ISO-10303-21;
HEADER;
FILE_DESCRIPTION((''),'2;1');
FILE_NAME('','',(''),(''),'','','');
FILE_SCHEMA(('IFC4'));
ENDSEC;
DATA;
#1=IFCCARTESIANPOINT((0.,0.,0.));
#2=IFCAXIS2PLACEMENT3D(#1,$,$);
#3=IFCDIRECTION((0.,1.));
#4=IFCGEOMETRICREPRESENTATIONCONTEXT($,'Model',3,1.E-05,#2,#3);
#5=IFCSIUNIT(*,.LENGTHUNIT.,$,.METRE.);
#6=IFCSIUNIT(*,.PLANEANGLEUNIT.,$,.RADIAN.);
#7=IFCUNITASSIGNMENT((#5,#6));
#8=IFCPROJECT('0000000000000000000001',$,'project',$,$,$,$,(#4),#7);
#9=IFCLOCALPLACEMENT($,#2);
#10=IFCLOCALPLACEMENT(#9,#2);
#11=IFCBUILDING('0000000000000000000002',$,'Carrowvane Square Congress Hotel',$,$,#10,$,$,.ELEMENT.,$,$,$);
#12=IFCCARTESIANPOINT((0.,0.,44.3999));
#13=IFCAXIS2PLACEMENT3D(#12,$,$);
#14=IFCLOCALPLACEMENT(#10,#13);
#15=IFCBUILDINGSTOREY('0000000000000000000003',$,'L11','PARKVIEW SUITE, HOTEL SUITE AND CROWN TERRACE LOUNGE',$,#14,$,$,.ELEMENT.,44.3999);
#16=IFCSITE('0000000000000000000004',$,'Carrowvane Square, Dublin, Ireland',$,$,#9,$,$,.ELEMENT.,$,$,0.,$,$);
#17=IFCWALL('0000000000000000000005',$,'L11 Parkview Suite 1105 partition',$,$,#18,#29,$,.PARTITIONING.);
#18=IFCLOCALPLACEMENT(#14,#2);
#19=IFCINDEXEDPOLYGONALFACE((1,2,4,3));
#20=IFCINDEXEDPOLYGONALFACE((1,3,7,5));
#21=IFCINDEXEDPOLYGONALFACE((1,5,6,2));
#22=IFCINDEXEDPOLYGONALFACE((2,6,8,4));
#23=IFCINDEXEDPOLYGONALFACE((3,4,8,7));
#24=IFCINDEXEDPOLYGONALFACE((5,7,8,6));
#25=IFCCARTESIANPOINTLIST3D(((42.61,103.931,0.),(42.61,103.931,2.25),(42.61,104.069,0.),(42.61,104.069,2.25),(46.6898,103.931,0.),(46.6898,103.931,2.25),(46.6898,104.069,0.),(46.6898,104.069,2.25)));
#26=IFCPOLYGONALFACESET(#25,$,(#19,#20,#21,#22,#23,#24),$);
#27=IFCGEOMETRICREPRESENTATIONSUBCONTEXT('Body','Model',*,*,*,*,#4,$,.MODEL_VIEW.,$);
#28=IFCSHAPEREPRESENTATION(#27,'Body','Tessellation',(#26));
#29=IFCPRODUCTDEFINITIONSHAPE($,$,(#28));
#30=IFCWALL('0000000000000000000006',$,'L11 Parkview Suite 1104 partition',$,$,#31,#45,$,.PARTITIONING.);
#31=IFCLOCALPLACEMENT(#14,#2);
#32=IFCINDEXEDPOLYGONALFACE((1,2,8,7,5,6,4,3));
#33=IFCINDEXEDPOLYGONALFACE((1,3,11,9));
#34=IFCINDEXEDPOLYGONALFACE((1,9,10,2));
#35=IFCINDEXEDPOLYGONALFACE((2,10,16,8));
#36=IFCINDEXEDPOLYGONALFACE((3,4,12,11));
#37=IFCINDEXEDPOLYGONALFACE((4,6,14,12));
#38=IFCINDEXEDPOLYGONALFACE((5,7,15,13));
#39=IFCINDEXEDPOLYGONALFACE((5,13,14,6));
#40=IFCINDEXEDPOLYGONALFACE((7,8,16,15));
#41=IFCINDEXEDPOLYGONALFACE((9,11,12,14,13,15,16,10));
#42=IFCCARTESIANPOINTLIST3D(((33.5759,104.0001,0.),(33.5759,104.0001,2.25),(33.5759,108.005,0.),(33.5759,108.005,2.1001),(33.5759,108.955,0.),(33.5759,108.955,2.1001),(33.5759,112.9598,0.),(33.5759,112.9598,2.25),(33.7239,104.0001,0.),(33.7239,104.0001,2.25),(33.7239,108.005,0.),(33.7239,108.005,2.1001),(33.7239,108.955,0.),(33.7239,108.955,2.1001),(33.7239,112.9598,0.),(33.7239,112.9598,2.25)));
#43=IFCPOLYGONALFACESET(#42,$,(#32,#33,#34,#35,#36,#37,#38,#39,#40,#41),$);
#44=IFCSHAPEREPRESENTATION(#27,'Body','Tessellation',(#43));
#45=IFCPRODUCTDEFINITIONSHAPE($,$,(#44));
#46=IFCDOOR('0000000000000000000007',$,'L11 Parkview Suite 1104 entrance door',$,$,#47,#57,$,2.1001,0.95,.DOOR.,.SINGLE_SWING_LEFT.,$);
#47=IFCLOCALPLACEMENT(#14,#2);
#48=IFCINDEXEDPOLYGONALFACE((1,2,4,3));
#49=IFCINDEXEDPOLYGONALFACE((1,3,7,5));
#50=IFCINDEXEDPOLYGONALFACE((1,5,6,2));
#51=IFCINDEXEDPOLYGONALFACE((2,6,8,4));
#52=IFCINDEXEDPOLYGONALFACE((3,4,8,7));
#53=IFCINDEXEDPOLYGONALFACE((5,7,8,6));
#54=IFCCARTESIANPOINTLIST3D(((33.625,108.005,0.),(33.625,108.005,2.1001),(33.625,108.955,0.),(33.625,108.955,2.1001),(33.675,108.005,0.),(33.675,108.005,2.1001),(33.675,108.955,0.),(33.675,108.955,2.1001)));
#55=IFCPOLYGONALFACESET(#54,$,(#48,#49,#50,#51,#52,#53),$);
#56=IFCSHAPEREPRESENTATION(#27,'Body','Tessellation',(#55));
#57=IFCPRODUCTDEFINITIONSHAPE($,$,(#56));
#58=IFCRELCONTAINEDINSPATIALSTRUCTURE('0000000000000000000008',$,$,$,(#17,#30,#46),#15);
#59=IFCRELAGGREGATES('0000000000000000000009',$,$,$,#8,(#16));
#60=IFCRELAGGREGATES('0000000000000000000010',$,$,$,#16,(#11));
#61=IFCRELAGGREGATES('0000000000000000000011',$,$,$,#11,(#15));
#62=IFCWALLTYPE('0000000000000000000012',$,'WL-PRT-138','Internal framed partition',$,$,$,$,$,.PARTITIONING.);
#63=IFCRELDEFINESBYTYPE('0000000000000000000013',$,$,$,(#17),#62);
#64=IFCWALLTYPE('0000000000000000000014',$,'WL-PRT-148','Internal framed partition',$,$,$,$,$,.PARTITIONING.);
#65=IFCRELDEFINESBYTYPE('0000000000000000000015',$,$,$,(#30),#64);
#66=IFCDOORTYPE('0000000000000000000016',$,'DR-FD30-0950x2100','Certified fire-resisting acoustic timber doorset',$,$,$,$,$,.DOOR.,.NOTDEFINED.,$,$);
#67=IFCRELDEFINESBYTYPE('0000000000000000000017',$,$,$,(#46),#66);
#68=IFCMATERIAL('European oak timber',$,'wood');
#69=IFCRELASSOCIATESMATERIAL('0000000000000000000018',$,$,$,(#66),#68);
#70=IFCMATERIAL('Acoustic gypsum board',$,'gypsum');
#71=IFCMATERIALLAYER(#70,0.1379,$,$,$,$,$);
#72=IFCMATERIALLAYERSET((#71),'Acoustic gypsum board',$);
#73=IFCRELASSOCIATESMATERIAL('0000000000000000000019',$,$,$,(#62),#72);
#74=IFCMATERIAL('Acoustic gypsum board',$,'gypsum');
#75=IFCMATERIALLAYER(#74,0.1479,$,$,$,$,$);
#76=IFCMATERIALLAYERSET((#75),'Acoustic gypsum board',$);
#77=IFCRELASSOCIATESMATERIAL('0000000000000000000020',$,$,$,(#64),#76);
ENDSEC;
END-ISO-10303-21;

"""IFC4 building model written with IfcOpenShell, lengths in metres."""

from ifc_helpers import new_model, si_unit, direction, frame, frame_2d, origin, place, context, subcontext, project, spatial, rectangle, extrude, material, layer, layer_set, type_object, element, fill, save


model = new_model("IFC4")

# Units and contexts
model_context = context("Model", 3, precision=1e-05, world=origin(), true_north=direction((0.0, 1.0)))
body_context = subcontext(model_context, "Body", "Model", "MODEL_VIEW")
ifc_project = project(units=[si_unit("LENGTHUNIT", "METRE"), si_unit("PLANEANGLEUNIT", "RADIAN")], contexts=[model_context])

# Site, building, storey
site_placement = place(None, origin())
site = spatial("IfcSite", under=ifc_project, at=site_placement, Name="Carrowvane Square, Dublin, Ireland", CompositionType="ELEMENT", RefElevation=0.0)
building_placement = place(site_placement, origin())
building = spatial("IfcBuilding", under=site, at=building_placement, Name="Carrowvane Square Congress Hotel", CompositionType="ELEMENT")
storey_placement = place(building_placement, frame((0.0, 0.0, 44.3999)))
storey = spatial("IfcBuildingStorey", under=building, at=storey_placement, Name="L11", Description="PARKVIEW SUITE, HOTEL SUITE AND CROWN TERRACE LOUNGE", CompositionType="ELEMENT", Elevation=44.3999)

# Shared definitions
ifc_material_1 = material(Name="European oak timber", Category="wood")
door_type = type_object("IfcDoorType", Name="DR-FD30-0950x2100", Description="Certified fire-resisting acoustic timber doorset", OperationType="NOTDEFINED", PredefinedType="DOOR", material=ifc_material_1)

# Wall
ifc_material_2 = material(Name="Acoustic gypsum board", Category="gypsum")
ifc_layer_1 = layer(ifc_material_2, 0.1379)
ifc_layer_set_1 = layer_set([ifc_layer_1], Name="Acoustic gypsum board")
wall_type_1 = type_object("IfcWallType", Name="WL-PRT-138", Description="Internal framed partition", PredefinedType="PARTITIONING", material=ifc_layer_set_1)
wall_1_placement = place(storey_placement, frame((46.6899, 104.0, 0.0), z_axis=(0.0, 0.0, 1.0), x_axis=(-1.0, 0.0, 0.0)))
element("IfcWall", 1, at=wall_1_placement, inside=storey, type_object=wall_type_1, Name="L11 Parkview Suite 1105 partition", PredefinedType="PARTITIONING", context=body_context, shape_type="SweptSolid", body=[
    extrude(rectangle(XDim=4.0798, YDim=0.1379, at=frame_2d((2.04, 0.0))), origin(), (0.0, 0.0, 1.0), 2.25),
])

# Wall, opening, door
ifc_material_3 = material(Name="Acoustic gypsum board", Category="gypsum")
ifc_layer_2 = layer(ifc_material_3, 0.1479)
ifc_layer_set_2 = layer_set([ifc_layer_2], Name="Acoustic gypsum board")
wall_type_2 = type_object("IfcWallType", Name="WL-PRT-148", Description="Internal framed partition", PredefinedType="PARTITIONING", material=ifc_layer_set_2)
wall_2_placement = place(storey_placement, frame((33.6499, 104.0, 0.0), z_axis=(0.0, 0.0, 1.0), x_axis=(0.0, 1.0, 0.0)))
wall_2 = element("IfcWall", 2, at=wall_2_placement, inside=storey, type_object=wall_type_2, Name="L11 Parkview Suite 1104 partition", PredefinedType="PARTITIONING", context=body_context, shape_type="SweptSolid", body=[
    extrude(rectangle(XDim=8.9597, YDim=0.1479, at=frame_2d((4.48, 0.0))), origin(), (0.0, 0.0, 1.0), 2.25),
])
opening_1_placement = place(wall_2_placement, frame((4.0049, 0.0, 0.0)))
opening_1 = element("IfcOpeningElement", 3, at=opening_1_placement, cuts=wall_2, PredefinedType="OPENING", context=body_context, shape_type="SweptSolid", body=[
    extrude(rectangle(XDim=0.95, YDim=2.1001, at=frame_2d((0.4751, 1.05))), frame((0.0, 0.084, 0.0), z_axis=(0.0, -1.0, 0.0), x_axis=(1.0, 0.0, 0.0)), (0.0, 0.0, 1.0), 0.168),
])
door_1_placement = place(opening_1_placement, origin())
door_1 = element("IfcDoor", 4, at=door_1_placement, inside=storey, type_object=door_type, Name="L11 Parkview Suite 1104 entrance door", OperationType="SINGLE_SWING_LEFT", OverallHeight=2.1001, OverallWidth=0.95, PredefinedType="DOOR", context=body_context, shape_type="SweptSolid", body=[
    extrude(rectangle(XDim=0.95, YDim=2.1001, at=frame_2d((0.4751, 1.05))), frame((0.0, 0.0249, 0.0), z_axis=(0.0, -1.0, 0.0), x_axis=(1.0, 0.0, 0.0)), (0.0, 0.0, 1.0), 0.05),
])
fill(opening_1, door_1)

save(model, "model.ifc")
